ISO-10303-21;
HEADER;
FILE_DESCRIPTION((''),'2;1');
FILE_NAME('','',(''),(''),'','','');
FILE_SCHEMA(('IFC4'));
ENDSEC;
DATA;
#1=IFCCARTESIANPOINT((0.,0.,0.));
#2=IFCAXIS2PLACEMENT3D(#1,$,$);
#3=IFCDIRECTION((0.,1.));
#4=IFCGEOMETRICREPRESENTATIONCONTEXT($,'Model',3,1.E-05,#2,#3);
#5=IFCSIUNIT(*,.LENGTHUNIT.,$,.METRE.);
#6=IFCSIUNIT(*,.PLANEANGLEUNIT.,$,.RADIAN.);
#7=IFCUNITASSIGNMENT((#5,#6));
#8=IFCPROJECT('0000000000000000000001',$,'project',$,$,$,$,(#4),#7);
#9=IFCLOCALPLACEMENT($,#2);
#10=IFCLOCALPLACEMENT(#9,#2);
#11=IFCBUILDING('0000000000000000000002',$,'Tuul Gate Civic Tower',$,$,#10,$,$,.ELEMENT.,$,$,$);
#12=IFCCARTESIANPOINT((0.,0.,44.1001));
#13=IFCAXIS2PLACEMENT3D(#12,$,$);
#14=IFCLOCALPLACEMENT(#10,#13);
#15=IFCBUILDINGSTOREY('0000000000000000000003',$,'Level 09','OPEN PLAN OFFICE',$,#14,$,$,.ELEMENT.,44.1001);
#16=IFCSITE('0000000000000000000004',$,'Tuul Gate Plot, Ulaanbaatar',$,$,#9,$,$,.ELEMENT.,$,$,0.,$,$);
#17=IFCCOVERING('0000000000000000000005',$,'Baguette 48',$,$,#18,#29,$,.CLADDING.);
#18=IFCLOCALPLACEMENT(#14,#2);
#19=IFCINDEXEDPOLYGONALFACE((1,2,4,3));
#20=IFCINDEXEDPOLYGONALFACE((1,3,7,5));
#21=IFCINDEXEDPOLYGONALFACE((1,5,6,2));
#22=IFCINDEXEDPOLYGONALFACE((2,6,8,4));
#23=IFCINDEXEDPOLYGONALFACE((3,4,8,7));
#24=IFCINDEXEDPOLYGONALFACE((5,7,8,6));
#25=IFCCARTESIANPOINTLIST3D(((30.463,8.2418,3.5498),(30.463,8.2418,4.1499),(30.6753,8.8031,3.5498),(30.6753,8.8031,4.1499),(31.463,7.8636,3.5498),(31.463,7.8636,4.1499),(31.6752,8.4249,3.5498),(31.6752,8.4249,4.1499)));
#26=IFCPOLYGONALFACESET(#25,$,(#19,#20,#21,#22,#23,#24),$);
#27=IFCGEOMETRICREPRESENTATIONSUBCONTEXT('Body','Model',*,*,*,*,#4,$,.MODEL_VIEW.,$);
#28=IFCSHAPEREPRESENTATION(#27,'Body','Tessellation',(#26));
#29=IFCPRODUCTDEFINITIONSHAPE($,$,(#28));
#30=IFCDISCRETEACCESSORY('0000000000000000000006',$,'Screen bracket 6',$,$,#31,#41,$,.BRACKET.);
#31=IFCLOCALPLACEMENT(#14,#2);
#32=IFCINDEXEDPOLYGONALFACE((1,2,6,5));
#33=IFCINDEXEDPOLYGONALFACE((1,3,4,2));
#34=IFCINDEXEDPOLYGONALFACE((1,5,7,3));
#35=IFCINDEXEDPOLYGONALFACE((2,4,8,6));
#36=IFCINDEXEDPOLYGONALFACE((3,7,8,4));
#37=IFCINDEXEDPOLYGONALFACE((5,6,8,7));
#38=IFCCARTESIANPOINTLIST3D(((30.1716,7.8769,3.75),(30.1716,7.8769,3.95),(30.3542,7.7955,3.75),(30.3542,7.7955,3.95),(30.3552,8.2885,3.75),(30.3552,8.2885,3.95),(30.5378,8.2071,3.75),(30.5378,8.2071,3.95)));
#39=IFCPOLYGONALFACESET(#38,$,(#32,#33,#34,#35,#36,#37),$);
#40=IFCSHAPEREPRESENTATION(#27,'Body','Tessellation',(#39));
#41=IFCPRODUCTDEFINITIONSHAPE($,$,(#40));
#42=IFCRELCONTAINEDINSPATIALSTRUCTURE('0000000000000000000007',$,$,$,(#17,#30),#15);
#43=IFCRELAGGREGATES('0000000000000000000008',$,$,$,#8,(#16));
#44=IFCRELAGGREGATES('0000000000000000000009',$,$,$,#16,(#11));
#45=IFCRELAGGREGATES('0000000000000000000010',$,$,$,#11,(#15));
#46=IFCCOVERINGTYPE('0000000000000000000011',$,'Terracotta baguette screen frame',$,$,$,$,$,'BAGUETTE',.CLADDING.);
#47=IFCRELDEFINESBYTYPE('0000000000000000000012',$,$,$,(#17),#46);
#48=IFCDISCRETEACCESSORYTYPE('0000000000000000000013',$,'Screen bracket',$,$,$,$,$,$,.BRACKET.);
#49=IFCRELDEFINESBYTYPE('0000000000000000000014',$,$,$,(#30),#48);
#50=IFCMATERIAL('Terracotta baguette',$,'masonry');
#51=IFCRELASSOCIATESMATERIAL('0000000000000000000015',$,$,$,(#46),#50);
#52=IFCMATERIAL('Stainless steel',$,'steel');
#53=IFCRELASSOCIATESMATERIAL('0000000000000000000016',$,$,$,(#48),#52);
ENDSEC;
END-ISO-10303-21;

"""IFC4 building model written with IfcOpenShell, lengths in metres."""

from ifc_helpers import new_model, si_unit, direction, frame, origin, origin_2d, place, context, subcontext, project, spatial, rectangle, extrude, material, material_profile, profile_set, type_object, element, save


model = new_model("IFC4")

# Units and contexts
model_context = context("Model", 3, precision=1e-05, world=origin(), true_north=direction((0.0, 1.0)))
body_context = subcontext(model_context, "Body", "Model", "MODEL_VIEW")
ifc_project = project(units=[si_unit("LENGTHUNIT", "METRE"), si_unit("PLANEANGLEUNIT", "RADIAN")], contexts=[model_context])

# Site, building, storey
site_placement = place(None, origin())
site = spatial("IfcSite", under=ifc_project, at=site_placement, Name="Tuul Gate Plot, Ulaanbaatar", CompositionType="ELEMENT", RefElevation=0.0)
building_placement = place(site_placement, origin())
building = spatial("IfcBuilding", under=site, at=building_placement, Name="Tuul Gate Civic Tower", CompositionType="ELEMENT")
storey_placement = place(building_placement, frame((0.0, 0.0, 44.1001)))
storey = spatial("IfcBuildingStorey", under=building, at=storey_placement, Name="Level 09", Description="OPEN PLAN OFFICE", CompositionType="ELEMENT", Elevation=44.1001)

# Covering
ifc_material_1 = material(Name="Terracotta baguette", Category="masonry")
ifc_material_profile_1 = material_profile(ifc_material_1, rectangle(XDim=0.6001, YDim=0.6001, at=origin_2d()), Name="Terracotta baguette screen frame")
ifc_profile_set_1 = profile_set([ifc_material_profile_1], Name="Terracotta baguette")
covering_type = type_object("IfcCoveringType", Name="Terracotta baguette screen frame", ElementType="BAGUETTE", PredefinedType="CLADDING", material=ifc_profile_set_1)
covering_placement = place(storey_placement, frame((31.5691, 8.1443, 3.8499), z_axis=(-0.93535, 0.353725, 0.0), x_axis=(-0.353725, -0.93535, 0.0)))
element("IfcCovering", 1, at=covering_placement, inside=storey, type_object=covering_type, Name="Baguette 48", PredefinedType="CLADDING", context=body_context, shape_type="SweptSolid", body=[
    extrude(rectangle(XDim=0.6001, YDim=0.6001, at=origin_2d()), origin(), (0.0, 0.0, 1.0), 1.0691),
])

# Discrete accessory
ifc_material_2 = material(Name="Stainless steel", Category="steel")
discrete_accessory_type = type_object("IfcDiscreteAccessoryType", Name="Screen bracket", PredefinedType="BRACKET", material=ifc_material_2)
discrete_accessory_placement = place(storey_placement, frame((30.3547, 8.042, 3.75), z_axis=(0.0, 0.0, 1.0), x_axis=(0.407387, 0.913256, 0.0)))
element("IfcDiscreteAccessory", 2, at=discrete_accessory_placement, inside=storey, type_object=discrete_accessory_type, Name="Screen bracket 6", PredefinedType="BRACKET", context=body_context, shape_type="SweptSolid", body=[
    extrude(rectangle(XDim=0.4507, YDim=0.2, at=origin_2d()), origin(), (0.0, 0.0, 1.0), 0.2),
])

save(model, "model.ifc")
